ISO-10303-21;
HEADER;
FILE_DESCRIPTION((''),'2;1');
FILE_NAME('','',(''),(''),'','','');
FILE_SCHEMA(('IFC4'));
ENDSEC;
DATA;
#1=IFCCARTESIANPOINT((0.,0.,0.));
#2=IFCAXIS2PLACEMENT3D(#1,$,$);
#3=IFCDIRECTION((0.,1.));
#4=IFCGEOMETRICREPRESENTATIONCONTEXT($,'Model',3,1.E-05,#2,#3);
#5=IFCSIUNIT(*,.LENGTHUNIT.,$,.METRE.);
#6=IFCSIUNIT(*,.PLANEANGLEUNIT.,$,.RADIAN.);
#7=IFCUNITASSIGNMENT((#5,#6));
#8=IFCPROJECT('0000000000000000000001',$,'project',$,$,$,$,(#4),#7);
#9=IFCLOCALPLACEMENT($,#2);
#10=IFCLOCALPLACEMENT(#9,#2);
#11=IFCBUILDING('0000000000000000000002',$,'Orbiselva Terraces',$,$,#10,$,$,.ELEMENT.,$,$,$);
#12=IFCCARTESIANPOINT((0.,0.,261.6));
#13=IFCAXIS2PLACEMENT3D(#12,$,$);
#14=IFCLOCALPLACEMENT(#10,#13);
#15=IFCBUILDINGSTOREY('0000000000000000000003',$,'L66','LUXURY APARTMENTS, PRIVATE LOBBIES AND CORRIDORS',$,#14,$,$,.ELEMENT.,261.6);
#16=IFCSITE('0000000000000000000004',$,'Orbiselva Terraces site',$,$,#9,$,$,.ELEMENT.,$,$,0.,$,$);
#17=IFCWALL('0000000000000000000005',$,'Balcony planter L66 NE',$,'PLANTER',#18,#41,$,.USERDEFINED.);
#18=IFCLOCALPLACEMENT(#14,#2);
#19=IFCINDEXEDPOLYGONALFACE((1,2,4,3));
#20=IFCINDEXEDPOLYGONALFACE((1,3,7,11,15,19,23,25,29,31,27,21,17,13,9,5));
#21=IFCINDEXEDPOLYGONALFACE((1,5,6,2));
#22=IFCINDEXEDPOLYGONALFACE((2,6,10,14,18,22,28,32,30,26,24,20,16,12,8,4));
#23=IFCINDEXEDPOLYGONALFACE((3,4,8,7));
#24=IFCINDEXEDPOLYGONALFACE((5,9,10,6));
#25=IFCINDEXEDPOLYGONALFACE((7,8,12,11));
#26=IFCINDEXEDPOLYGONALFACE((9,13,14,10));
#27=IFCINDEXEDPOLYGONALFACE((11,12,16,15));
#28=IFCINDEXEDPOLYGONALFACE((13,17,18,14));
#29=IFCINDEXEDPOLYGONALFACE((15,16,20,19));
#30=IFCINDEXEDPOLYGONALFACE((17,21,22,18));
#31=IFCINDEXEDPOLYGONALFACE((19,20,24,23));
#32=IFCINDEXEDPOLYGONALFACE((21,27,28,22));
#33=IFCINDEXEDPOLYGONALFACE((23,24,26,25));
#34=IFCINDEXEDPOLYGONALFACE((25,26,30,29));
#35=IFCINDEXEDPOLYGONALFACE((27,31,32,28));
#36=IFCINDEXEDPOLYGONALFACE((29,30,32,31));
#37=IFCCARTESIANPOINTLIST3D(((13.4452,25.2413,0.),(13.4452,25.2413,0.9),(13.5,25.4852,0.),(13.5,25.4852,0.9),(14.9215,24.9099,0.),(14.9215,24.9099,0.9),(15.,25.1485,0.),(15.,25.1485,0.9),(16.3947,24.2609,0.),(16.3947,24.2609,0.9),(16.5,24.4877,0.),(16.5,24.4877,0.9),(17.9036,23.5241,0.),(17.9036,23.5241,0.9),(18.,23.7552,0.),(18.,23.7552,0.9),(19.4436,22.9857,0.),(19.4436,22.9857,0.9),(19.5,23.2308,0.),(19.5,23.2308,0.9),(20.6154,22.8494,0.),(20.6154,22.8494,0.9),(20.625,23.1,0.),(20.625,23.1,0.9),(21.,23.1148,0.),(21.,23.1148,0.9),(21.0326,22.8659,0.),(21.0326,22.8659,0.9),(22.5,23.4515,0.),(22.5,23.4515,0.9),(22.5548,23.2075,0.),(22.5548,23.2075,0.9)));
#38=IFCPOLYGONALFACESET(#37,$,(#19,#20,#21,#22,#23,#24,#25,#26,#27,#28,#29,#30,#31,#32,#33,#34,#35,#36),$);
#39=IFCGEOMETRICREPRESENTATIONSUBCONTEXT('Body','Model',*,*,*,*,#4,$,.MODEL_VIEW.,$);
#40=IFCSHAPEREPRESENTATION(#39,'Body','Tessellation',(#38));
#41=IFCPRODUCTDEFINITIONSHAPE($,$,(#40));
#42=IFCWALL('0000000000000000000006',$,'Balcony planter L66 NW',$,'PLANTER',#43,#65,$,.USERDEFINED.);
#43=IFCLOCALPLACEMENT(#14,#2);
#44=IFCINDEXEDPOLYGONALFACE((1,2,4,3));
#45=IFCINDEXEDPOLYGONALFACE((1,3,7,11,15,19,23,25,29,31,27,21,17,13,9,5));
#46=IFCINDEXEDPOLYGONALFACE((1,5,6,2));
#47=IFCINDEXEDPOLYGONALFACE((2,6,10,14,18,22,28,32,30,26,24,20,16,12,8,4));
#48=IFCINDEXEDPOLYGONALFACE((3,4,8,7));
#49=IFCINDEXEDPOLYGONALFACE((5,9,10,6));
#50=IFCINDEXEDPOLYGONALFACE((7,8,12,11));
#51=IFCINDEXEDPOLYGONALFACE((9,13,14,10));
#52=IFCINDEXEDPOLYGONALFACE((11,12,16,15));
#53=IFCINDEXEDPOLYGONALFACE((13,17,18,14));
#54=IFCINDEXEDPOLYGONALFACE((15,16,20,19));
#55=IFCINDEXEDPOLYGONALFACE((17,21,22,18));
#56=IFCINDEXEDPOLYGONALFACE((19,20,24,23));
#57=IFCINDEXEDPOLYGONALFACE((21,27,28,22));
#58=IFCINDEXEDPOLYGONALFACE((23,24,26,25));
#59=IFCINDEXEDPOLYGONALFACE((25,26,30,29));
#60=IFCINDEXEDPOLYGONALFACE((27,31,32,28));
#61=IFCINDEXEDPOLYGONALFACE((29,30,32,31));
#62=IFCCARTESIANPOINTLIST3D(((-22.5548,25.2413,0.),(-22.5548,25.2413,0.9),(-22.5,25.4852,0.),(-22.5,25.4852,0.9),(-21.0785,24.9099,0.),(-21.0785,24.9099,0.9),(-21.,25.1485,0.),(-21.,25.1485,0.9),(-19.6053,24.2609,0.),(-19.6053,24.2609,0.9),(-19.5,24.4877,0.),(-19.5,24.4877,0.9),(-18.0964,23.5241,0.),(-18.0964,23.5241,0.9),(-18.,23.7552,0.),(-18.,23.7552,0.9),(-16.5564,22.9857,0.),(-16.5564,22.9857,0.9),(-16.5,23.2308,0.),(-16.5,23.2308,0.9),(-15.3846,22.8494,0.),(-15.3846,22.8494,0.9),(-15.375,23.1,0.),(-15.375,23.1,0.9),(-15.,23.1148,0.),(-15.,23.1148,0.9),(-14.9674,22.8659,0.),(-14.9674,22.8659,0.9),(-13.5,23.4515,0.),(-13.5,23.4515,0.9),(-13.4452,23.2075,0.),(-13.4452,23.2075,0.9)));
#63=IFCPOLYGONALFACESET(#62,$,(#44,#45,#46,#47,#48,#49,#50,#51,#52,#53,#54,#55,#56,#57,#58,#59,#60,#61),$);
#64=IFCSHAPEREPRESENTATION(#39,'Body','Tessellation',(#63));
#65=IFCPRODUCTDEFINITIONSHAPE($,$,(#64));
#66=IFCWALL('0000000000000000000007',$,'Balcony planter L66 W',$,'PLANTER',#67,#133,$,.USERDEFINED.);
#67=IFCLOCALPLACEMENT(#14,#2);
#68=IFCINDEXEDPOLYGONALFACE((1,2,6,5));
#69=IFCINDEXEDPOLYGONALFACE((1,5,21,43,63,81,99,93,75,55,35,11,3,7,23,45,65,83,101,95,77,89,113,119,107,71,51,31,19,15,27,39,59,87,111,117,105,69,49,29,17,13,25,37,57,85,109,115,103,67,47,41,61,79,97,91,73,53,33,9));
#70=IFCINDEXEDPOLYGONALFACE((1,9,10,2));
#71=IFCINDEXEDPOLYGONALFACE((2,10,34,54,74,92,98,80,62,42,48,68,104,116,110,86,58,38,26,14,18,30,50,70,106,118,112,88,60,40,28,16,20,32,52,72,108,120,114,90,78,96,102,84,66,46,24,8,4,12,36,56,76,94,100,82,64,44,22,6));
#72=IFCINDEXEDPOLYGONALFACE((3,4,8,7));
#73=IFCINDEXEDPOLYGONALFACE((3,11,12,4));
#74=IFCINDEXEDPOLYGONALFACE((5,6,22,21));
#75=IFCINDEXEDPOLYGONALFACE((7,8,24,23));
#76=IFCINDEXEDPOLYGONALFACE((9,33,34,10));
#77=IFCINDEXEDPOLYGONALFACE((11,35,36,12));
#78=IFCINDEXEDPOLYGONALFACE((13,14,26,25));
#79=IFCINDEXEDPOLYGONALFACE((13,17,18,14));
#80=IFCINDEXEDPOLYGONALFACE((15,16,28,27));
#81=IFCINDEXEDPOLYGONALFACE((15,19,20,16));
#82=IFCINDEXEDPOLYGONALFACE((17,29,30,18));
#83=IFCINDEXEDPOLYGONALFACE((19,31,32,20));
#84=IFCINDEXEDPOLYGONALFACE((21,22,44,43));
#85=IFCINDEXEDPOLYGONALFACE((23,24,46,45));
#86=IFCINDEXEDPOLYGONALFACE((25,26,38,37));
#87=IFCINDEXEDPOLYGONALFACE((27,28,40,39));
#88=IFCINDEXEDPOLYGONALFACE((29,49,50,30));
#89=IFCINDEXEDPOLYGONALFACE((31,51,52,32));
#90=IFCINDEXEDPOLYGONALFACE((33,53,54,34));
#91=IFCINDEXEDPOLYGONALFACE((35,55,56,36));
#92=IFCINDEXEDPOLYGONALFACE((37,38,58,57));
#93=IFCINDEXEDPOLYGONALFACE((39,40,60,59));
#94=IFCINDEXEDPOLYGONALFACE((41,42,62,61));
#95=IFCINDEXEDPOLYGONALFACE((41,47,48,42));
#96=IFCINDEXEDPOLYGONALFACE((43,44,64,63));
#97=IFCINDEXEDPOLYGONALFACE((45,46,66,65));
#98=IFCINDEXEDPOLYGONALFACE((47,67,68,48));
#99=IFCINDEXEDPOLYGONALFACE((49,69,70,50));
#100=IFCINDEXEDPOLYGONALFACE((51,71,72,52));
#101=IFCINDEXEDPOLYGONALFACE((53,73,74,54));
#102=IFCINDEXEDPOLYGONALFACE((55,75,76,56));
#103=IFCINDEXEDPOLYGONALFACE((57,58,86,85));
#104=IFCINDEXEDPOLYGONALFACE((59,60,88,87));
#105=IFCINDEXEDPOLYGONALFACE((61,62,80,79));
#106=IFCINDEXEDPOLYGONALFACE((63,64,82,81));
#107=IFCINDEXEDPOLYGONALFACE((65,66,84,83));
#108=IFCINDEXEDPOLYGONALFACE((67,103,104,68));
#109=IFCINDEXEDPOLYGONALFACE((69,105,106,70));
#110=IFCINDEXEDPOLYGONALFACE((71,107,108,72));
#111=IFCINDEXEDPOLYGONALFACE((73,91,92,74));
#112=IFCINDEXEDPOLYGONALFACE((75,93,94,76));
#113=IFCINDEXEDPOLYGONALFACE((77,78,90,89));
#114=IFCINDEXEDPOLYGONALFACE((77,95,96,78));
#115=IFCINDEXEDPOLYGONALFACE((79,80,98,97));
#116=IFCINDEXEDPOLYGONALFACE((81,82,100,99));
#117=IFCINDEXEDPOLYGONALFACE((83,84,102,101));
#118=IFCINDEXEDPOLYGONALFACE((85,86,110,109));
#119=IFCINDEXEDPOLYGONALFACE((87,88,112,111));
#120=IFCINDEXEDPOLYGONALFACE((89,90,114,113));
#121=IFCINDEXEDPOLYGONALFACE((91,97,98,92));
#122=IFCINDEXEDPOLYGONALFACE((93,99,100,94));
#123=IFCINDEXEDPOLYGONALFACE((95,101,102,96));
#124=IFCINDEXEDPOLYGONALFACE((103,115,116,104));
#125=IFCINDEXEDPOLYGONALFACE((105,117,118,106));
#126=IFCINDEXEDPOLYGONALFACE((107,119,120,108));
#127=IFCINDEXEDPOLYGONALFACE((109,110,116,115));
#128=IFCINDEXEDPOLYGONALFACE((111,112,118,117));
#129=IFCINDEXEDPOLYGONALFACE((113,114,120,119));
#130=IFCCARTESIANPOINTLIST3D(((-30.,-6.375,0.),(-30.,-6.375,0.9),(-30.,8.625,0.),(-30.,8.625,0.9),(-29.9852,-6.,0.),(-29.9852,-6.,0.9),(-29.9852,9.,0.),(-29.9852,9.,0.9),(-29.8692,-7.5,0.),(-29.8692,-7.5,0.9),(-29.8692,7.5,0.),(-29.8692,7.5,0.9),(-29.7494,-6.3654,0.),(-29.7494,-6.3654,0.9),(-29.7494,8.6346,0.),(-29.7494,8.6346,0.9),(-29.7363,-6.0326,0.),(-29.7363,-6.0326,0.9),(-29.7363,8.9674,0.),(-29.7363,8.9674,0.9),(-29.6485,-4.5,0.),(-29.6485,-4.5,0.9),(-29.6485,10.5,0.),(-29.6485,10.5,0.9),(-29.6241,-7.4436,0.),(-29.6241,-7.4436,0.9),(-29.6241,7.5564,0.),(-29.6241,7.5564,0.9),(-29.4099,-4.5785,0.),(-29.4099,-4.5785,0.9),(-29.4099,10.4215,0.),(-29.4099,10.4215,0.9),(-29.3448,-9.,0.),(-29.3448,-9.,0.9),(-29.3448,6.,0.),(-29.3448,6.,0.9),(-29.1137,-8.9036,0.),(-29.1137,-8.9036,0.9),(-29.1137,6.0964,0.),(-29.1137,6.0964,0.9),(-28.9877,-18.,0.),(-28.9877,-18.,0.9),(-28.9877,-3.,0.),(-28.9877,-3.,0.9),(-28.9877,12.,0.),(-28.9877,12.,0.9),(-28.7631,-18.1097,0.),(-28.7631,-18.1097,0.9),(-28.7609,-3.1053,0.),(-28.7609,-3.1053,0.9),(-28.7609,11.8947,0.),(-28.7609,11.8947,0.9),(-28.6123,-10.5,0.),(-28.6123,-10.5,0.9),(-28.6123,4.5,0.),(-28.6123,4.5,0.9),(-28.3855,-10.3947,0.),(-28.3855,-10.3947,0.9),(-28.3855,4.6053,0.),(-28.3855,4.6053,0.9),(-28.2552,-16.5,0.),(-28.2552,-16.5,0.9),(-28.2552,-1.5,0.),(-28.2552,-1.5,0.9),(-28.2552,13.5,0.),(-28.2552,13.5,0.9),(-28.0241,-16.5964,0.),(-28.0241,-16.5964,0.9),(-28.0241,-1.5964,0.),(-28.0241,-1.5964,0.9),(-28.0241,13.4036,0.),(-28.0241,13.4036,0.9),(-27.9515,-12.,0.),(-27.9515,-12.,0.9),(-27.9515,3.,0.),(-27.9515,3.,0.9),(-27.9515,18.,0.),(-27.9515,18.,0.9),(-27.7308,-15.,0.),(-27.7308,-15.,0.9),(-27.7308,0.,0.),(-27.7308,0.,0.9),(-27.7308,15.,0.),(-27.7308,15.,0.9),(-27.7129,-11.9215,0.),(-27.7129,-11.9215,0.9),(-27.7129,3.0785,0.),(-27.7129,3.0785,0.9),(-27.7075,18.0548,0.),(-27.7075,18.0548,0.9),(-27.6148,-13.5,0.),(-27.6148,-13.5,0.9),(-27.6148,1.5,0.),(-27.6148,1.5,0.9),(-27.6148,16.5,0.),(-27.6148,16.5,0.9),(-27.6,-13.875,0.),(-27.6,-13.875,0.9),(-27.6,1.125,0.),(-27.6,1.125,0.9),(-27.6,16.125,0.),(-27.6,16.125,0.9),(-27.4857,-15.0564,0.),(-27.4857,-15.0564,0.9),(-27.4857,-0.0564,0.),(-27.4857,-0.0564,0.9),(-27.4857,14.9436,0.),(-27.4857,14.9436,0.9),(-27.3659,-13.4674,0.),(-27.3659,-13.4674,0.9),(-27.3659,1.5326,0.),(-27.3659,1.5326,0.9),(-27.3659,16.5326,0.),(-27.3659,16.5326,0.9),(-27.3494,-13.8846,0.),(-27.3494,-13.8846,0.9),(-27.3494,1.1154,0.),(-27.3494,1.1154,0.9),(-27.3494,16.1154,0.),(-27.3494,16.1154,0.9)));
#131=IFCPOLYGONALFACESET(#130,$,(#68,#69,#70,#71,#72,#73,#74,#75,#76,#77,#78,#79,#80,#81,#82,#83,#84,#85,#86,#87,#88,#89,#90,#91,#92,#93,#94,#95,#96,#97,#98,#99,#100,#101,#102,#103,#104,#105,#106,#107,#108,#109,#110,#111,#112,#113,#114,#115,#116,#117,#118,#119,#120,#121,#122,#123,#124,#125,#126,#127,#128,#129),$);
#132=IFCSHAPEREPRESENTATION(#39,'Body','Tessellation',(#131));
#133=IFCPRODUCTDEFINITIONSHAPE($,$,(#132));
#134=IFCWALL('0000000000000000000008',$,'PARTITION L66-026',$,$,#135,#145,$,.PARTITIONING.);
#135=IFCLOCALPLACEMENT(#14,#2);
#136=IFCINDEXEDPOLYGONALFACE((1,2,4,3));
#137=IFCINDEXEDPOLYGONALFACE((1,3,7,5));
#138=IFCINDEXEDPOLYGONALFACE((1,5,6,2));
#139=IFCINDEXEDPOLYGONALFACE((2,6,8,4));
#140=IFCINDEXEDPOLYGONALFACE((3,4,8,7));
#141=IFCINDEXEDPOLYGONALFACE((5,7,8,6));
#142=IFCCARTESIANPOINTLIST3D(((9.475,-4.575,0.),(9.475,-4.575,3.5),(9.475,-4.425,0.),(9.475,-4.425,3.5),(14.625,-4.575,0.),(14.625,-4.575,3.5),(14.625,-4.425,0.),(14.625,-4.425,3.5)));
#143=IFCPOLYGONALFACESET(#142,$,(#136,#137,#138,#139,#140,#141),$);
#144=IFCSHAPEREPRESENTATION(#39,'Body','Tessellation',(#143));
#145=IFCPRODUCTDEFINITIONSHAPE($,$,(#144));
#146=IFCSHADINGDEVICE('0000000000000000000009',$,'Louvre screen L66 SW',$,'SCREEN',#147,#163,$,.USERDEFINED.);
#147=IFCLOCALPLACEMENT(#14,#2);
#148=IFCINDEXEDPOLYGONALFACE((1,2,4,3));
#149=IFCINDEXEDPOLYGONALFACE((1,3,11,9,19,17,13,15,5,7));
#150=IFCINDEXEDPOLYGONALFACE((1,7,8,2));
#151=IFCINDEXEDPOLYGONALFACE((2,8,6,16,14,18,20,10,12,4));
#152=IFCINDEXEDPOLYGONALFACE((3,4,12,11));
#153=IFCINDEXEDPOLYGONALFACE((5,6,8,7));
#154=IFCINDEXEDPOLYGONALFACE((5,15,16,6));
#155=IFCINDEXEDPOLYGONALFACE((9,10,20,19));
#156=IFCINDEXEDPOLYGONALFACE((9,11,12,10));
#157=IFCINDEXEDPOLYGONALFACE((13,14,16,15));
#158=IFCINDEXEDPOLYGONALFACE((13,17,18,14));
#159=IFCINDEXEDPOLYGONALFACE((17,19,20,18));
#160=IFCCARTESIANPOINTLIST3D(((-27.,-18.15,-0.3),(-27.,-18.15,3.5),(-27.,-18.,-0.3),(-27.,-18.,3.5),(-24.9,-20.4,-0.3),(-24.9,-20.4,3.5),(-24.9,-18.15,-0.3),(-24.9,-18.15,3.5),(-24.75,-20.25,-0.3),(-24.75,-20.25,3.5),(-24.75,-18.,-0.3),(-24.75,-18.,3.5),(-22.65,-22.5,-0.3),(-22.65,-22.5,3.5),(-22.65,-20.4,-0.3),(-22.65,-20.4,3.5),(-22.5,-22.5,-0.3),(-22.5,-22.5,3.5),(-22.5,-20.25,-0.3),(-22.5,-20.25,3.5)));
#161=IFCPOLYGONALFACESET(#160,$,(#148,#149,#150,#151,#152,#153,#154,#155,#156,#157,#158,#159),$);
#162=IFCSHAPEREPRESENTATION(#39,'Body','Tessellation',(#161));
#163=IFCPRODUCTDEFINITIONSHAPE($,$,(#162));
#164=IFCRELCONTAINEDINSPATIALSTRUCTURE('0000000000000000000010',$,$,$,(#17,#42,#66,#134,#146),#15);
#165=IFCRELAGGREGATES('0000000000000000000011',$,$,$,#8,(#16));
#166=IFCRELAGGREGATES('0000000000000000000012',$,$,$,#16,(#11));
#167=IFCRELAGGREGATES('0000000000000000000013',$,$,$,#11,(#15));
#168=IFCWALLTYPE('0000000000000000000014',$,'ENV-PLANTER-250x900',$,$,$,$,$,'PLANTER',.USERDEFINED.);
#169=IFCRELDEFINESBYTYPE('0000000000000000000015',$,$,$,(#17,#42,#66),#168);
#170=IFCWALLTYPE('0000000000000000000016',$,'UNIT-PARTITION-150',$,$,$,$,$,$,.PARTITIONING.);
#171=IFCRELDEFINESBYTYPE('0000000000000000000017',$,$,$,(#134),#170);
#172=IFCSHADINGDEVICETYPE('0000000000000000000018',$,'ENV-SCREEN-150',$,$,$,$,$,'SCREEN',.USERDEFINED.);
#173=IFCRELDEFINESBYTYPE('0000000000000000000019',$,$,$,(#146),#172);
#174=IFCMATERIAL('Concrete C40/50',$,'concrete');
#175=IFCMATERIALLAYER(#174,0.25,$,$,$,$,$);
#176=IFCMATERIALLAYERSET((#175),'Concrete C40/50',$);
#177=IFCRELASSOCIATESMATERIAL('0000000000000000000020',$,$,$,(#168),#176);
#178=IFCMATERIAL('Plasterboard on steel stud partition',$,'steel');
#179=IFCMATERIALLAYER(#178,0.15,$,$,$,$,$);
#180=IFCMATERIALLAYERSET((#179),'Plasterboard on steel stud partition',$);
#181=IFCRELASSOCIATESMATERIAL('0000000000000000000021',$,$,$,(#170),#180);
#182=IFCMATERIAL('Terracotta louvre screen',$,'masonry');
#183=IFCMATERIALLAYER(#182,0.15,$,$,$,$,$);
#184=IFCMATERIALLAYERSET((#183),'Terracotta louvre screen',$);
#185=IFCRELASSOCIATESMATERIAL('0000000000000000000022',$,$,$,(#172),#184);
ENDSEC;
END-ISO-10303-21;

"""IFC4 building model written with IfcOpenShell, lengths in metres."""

from ifc_helpers import new_model, si_unit, direction, frame, frame_2d, origin, place, context, subcontext, project, spatial, polyline, rectangle, outline, extrude, material, layer, layer_set, type_object, element, save


model = new_model("IFC4")

# Units and contexts
model_context = context("Model", 3, precision=1e-05, world=origin(), true_north=direction((0.0, 1.0)))
body_context = subcontext(model_context, "Body", "Model", "MODEL_VIEW")
ifc_project = project(units=[si_unit("LENGTHUNIT", "METRE"), si_unit("PLANEANGLEUNIT", "RADIAN")], contexts=[model_context])

# Site, building, storey
site_placement = place(None, origin())
site = spatial("IfcSite", under=ifc_project, at=site_placement, Name="Orbiselva Terraces site", CompositionType="ELEMENT", RefElevation=0.0)
building_placement = place(site_placement, origin())
building = spatial("IfcBuilding", under=site, at=building_placement, Name="Orbiselva Terraces", CompositionType="ELEMENT")
storey_placement = place(building_placement, frame((0.0, 0.0, 261.6)))
storey = spatial("IfcBuildingStorey", under=building, at=storey_placement, Name="L66", Description="LUXURY APARTMENTS, PRIVATE LOBBIES AND CORRIDORS", CompositionType="ELEMENT", Elevation=261.6)

# Shared definitions
ifc_material_1 = material(Name="Concrete C40/50", Category="concrete")

# Walls
ifc_layer_1 = layer(ifc_material_1, 0.25)
ifc_layer_set_1 = layer_set([ifc_layer_1], Name="Concrete C40/50")
wall_type_1 = type_object("IfcWallType", Name="ENV-PLANTER-250x900", ElementType="PLANTER", PredefinedType="USERDEFINED", material=ifc_layer_set_1)
wall_1_placement = place(storey_placement, origin())
element("IfcWall", 1, at=wall_1_placement, inside=storey, type_object=wall_type_1, Name="Balcony planter L66 NE", ObjectType="PLANTER", PredefinedType="USERDEFINED", context=body_context, shape_type="SweptSolid", body=[
    extrude(outline(polyline([(22.5, 23.4515), (21.0, 23.1148), (20.625, 23.1), (19.5, 23.2308), (18.0, 23.7552), (16.5, 24.4877), (15.0, 25.1485), (13.5, 25.4852), (13.4452, 25.2413), (14.9215, 24.9099), (16.3947, 24.2609), (17.9036, 23.5241), (19.4436, 22.9857), (20.6154, 22.8494), (21.0326, 22.8659), (22.5548, 23.2075), (22.5, 23.4515)])), origin(), (0.0, 0.0, 1.0), 0.9),
])
wall_2_placement = place(storey_placement, origin())
element("IfcWall", 2, at=wall_2_placement, inside=storey, type_object=wall_type_1, Name="Balcony planter L66 NW", ObjectType="PLANTER", PredefinedType="USERDEFINED", context=body_context, shape_type="SweptSolid", body=[
    extrude(outline(polyline([(-13.5, 23.4515), (-15.0, 23.1148), (-15.375, 23.1), (-16.5, 23.2308), (-18.0, 23.7552), (-19.5, 24.4877), (-21.0, 25.1485), (-22.5, 25.4852), (-22.5548, 25.2413), (-21.0785, 24.9099), (-19.6053, 24.2609), (-18.0964, 23.5241), (-16.5564, 22.9857), (-15.3846, 22.8494), (-14.9674, 22.8659), (-13.4452, 23.2075), (-13.5, 23.4515)])), origin(), (0.0, 0.0, 1.0), 0.9),
])
wall_3_placement = place(storey_placement, origin())
element("IfcWall", 3, at=wall_3_placement, inside=storey, type_object=wall_type_1, Name="Balcony planter L66 W", ObjectType="PLANTER", PredefinedType="USERDEFINED", context=body_context, shape_type="SweptSolid", body=[
    extrude(outline(polyline([(-27.9515, 18.0), (-27.6148, 16.5), (-27.6, 16.125), (-27.7308, 15.0), (-28.2552, 13.5), (-28.9877, 12.0), (-29.6485, 10.5), (-29.9852, 9.0), (-30.0, 8.625), (-29.8692, 7.5), (-29.3448, 6.0), (-28.6123, 4.5), (-27.9515, 3.0), (-27.6148, 1.5), (-27.6, 1.125), (-27.7308, 0.0), (-28.2552, -1.5), (-28.9877, -3.0), (-29.6485, -4.5), (-29.9852, -6.0), (-30.0, -6.375), (-29.8692, -7.5), (-29.3448, -9.0), (-28.6123, -10.5), (-27.9515, -12.0), (-27.6148, -13.5), (-27.6, -13.875), (-27.7308, -15.0), (-28.2552, -16.5), (-28.9877, -18.0), (-28.7631, -18.1097), (-28.0241, -16.5964), (-27.4857, -15.0564), (-27.3494, -13.8846), (-27.3659, -13.4674), (-27.7129, -11.9215), (-28.3855, -10.3947), (-29.1137, -8.9036), (-29.6241, -7.4436), (-29.7494, -6.3654), (-29.7363, -6.0326), (-29.4099, -4.5785), (-28.7609, -3.1053), (-28.0241, -1.5964), (-27.4857, -0.0564), (-27.3494, 1.1154), (-27.3659, 1.5326), (-27.7129, 3.0785), (-28.3855, 4.6053), (-29.1137, 6.0964), (-29.6241, 7.5564), (-29.7494, 8.6346), (-29.7363, 8.9674), (-29.4099, 10.4215), (-28.7609, 11.8947), (-28.0241, 13.4036), (-27.4857, 14.9436), (-27.3494, 16.1154), (-27.3659, 16.5326), (-27.7075, 18.0548), (-27.9515, 18.0)])), origin(), (0.0, 0.0, 1.0), 0.9),
])
ifc_material_2 = material(Name="Plasterboard on steel stud partition", Category="steel")
ifc_layer_2 = layer(ifc_material_2, 0.15)
ifc_layer_set_2 = layer_set([ifc_layer_2], Name="Plasterboard on steel stud partition")
wall_type_2 = type_object("IfcWallType", Name="UNIT-PARTITION-150", PredefinedType="PARTITIONING", material=ifc_layer_set_2)
wall_4_placement = place(storey_placement, frame((9.475, -4.5, 0.0), z_axis=(0.0, 0.0, 1.0), x_axis=(1.0, 0.0, 0.0)))
element("IfcWall", 4, at=wall_4_placement, inside=storey, type_object=wall_type_2, Name="PARTITION L66-026", PredefinedType="PARTITIONING", context=body_context, shape_type="SweptSolid", body=[
    extrude(rectangle(XDim=5.15, YDim=0.15, at=frame_2d((2.575, 0.0))), origin(), (0.0, 0.0, 1.0), 3.5),
])

# Shading device
ifc_material_3 = material(Name="Terracotta louvre screen", Category="masonry")
ifc_layer_3 = layer(ifc_material_3, 0.15)
ifc_layer_set_3 = layer_set([ifc_layer_3], Name="Terracotta louvre screen")
shading_device_type = type_object("IfcShadingDeviceType", Name="ENV-SCREEN-150", ElementType="SCREEN", PredefinedType="USERDEFINED", material=ifc_layer_set_3)
shading_device_placement = place(storey_placement, frame((0.0, 0.0, -0.3)))
element("IfcShadingDevice", 5, at=shading_device_placement, inside=storey, type_object=shading_device_type, Name="Louvre screen L66 SW", ObjectType="SCREEN", PredefinedType="USERDEFINED", context=body_context, shape_type="SweptSolid", body=[
    extrude(outline(polyline([(-27.0, -18.15), (-24.9, -18.15), (-24.9, -20.4), (-22.65, -20.4), (-22.65, -22.5), (-22.5, -22.5), (-22.5, -20.25), (-24.75, -20.25), (-24.75, -18.0), (-27.0, -18.0), (-27.0, -18.15)])), origin(), (0.0, 0.0, 1.0), 3.8),
])

save(model, "model.ifc")
